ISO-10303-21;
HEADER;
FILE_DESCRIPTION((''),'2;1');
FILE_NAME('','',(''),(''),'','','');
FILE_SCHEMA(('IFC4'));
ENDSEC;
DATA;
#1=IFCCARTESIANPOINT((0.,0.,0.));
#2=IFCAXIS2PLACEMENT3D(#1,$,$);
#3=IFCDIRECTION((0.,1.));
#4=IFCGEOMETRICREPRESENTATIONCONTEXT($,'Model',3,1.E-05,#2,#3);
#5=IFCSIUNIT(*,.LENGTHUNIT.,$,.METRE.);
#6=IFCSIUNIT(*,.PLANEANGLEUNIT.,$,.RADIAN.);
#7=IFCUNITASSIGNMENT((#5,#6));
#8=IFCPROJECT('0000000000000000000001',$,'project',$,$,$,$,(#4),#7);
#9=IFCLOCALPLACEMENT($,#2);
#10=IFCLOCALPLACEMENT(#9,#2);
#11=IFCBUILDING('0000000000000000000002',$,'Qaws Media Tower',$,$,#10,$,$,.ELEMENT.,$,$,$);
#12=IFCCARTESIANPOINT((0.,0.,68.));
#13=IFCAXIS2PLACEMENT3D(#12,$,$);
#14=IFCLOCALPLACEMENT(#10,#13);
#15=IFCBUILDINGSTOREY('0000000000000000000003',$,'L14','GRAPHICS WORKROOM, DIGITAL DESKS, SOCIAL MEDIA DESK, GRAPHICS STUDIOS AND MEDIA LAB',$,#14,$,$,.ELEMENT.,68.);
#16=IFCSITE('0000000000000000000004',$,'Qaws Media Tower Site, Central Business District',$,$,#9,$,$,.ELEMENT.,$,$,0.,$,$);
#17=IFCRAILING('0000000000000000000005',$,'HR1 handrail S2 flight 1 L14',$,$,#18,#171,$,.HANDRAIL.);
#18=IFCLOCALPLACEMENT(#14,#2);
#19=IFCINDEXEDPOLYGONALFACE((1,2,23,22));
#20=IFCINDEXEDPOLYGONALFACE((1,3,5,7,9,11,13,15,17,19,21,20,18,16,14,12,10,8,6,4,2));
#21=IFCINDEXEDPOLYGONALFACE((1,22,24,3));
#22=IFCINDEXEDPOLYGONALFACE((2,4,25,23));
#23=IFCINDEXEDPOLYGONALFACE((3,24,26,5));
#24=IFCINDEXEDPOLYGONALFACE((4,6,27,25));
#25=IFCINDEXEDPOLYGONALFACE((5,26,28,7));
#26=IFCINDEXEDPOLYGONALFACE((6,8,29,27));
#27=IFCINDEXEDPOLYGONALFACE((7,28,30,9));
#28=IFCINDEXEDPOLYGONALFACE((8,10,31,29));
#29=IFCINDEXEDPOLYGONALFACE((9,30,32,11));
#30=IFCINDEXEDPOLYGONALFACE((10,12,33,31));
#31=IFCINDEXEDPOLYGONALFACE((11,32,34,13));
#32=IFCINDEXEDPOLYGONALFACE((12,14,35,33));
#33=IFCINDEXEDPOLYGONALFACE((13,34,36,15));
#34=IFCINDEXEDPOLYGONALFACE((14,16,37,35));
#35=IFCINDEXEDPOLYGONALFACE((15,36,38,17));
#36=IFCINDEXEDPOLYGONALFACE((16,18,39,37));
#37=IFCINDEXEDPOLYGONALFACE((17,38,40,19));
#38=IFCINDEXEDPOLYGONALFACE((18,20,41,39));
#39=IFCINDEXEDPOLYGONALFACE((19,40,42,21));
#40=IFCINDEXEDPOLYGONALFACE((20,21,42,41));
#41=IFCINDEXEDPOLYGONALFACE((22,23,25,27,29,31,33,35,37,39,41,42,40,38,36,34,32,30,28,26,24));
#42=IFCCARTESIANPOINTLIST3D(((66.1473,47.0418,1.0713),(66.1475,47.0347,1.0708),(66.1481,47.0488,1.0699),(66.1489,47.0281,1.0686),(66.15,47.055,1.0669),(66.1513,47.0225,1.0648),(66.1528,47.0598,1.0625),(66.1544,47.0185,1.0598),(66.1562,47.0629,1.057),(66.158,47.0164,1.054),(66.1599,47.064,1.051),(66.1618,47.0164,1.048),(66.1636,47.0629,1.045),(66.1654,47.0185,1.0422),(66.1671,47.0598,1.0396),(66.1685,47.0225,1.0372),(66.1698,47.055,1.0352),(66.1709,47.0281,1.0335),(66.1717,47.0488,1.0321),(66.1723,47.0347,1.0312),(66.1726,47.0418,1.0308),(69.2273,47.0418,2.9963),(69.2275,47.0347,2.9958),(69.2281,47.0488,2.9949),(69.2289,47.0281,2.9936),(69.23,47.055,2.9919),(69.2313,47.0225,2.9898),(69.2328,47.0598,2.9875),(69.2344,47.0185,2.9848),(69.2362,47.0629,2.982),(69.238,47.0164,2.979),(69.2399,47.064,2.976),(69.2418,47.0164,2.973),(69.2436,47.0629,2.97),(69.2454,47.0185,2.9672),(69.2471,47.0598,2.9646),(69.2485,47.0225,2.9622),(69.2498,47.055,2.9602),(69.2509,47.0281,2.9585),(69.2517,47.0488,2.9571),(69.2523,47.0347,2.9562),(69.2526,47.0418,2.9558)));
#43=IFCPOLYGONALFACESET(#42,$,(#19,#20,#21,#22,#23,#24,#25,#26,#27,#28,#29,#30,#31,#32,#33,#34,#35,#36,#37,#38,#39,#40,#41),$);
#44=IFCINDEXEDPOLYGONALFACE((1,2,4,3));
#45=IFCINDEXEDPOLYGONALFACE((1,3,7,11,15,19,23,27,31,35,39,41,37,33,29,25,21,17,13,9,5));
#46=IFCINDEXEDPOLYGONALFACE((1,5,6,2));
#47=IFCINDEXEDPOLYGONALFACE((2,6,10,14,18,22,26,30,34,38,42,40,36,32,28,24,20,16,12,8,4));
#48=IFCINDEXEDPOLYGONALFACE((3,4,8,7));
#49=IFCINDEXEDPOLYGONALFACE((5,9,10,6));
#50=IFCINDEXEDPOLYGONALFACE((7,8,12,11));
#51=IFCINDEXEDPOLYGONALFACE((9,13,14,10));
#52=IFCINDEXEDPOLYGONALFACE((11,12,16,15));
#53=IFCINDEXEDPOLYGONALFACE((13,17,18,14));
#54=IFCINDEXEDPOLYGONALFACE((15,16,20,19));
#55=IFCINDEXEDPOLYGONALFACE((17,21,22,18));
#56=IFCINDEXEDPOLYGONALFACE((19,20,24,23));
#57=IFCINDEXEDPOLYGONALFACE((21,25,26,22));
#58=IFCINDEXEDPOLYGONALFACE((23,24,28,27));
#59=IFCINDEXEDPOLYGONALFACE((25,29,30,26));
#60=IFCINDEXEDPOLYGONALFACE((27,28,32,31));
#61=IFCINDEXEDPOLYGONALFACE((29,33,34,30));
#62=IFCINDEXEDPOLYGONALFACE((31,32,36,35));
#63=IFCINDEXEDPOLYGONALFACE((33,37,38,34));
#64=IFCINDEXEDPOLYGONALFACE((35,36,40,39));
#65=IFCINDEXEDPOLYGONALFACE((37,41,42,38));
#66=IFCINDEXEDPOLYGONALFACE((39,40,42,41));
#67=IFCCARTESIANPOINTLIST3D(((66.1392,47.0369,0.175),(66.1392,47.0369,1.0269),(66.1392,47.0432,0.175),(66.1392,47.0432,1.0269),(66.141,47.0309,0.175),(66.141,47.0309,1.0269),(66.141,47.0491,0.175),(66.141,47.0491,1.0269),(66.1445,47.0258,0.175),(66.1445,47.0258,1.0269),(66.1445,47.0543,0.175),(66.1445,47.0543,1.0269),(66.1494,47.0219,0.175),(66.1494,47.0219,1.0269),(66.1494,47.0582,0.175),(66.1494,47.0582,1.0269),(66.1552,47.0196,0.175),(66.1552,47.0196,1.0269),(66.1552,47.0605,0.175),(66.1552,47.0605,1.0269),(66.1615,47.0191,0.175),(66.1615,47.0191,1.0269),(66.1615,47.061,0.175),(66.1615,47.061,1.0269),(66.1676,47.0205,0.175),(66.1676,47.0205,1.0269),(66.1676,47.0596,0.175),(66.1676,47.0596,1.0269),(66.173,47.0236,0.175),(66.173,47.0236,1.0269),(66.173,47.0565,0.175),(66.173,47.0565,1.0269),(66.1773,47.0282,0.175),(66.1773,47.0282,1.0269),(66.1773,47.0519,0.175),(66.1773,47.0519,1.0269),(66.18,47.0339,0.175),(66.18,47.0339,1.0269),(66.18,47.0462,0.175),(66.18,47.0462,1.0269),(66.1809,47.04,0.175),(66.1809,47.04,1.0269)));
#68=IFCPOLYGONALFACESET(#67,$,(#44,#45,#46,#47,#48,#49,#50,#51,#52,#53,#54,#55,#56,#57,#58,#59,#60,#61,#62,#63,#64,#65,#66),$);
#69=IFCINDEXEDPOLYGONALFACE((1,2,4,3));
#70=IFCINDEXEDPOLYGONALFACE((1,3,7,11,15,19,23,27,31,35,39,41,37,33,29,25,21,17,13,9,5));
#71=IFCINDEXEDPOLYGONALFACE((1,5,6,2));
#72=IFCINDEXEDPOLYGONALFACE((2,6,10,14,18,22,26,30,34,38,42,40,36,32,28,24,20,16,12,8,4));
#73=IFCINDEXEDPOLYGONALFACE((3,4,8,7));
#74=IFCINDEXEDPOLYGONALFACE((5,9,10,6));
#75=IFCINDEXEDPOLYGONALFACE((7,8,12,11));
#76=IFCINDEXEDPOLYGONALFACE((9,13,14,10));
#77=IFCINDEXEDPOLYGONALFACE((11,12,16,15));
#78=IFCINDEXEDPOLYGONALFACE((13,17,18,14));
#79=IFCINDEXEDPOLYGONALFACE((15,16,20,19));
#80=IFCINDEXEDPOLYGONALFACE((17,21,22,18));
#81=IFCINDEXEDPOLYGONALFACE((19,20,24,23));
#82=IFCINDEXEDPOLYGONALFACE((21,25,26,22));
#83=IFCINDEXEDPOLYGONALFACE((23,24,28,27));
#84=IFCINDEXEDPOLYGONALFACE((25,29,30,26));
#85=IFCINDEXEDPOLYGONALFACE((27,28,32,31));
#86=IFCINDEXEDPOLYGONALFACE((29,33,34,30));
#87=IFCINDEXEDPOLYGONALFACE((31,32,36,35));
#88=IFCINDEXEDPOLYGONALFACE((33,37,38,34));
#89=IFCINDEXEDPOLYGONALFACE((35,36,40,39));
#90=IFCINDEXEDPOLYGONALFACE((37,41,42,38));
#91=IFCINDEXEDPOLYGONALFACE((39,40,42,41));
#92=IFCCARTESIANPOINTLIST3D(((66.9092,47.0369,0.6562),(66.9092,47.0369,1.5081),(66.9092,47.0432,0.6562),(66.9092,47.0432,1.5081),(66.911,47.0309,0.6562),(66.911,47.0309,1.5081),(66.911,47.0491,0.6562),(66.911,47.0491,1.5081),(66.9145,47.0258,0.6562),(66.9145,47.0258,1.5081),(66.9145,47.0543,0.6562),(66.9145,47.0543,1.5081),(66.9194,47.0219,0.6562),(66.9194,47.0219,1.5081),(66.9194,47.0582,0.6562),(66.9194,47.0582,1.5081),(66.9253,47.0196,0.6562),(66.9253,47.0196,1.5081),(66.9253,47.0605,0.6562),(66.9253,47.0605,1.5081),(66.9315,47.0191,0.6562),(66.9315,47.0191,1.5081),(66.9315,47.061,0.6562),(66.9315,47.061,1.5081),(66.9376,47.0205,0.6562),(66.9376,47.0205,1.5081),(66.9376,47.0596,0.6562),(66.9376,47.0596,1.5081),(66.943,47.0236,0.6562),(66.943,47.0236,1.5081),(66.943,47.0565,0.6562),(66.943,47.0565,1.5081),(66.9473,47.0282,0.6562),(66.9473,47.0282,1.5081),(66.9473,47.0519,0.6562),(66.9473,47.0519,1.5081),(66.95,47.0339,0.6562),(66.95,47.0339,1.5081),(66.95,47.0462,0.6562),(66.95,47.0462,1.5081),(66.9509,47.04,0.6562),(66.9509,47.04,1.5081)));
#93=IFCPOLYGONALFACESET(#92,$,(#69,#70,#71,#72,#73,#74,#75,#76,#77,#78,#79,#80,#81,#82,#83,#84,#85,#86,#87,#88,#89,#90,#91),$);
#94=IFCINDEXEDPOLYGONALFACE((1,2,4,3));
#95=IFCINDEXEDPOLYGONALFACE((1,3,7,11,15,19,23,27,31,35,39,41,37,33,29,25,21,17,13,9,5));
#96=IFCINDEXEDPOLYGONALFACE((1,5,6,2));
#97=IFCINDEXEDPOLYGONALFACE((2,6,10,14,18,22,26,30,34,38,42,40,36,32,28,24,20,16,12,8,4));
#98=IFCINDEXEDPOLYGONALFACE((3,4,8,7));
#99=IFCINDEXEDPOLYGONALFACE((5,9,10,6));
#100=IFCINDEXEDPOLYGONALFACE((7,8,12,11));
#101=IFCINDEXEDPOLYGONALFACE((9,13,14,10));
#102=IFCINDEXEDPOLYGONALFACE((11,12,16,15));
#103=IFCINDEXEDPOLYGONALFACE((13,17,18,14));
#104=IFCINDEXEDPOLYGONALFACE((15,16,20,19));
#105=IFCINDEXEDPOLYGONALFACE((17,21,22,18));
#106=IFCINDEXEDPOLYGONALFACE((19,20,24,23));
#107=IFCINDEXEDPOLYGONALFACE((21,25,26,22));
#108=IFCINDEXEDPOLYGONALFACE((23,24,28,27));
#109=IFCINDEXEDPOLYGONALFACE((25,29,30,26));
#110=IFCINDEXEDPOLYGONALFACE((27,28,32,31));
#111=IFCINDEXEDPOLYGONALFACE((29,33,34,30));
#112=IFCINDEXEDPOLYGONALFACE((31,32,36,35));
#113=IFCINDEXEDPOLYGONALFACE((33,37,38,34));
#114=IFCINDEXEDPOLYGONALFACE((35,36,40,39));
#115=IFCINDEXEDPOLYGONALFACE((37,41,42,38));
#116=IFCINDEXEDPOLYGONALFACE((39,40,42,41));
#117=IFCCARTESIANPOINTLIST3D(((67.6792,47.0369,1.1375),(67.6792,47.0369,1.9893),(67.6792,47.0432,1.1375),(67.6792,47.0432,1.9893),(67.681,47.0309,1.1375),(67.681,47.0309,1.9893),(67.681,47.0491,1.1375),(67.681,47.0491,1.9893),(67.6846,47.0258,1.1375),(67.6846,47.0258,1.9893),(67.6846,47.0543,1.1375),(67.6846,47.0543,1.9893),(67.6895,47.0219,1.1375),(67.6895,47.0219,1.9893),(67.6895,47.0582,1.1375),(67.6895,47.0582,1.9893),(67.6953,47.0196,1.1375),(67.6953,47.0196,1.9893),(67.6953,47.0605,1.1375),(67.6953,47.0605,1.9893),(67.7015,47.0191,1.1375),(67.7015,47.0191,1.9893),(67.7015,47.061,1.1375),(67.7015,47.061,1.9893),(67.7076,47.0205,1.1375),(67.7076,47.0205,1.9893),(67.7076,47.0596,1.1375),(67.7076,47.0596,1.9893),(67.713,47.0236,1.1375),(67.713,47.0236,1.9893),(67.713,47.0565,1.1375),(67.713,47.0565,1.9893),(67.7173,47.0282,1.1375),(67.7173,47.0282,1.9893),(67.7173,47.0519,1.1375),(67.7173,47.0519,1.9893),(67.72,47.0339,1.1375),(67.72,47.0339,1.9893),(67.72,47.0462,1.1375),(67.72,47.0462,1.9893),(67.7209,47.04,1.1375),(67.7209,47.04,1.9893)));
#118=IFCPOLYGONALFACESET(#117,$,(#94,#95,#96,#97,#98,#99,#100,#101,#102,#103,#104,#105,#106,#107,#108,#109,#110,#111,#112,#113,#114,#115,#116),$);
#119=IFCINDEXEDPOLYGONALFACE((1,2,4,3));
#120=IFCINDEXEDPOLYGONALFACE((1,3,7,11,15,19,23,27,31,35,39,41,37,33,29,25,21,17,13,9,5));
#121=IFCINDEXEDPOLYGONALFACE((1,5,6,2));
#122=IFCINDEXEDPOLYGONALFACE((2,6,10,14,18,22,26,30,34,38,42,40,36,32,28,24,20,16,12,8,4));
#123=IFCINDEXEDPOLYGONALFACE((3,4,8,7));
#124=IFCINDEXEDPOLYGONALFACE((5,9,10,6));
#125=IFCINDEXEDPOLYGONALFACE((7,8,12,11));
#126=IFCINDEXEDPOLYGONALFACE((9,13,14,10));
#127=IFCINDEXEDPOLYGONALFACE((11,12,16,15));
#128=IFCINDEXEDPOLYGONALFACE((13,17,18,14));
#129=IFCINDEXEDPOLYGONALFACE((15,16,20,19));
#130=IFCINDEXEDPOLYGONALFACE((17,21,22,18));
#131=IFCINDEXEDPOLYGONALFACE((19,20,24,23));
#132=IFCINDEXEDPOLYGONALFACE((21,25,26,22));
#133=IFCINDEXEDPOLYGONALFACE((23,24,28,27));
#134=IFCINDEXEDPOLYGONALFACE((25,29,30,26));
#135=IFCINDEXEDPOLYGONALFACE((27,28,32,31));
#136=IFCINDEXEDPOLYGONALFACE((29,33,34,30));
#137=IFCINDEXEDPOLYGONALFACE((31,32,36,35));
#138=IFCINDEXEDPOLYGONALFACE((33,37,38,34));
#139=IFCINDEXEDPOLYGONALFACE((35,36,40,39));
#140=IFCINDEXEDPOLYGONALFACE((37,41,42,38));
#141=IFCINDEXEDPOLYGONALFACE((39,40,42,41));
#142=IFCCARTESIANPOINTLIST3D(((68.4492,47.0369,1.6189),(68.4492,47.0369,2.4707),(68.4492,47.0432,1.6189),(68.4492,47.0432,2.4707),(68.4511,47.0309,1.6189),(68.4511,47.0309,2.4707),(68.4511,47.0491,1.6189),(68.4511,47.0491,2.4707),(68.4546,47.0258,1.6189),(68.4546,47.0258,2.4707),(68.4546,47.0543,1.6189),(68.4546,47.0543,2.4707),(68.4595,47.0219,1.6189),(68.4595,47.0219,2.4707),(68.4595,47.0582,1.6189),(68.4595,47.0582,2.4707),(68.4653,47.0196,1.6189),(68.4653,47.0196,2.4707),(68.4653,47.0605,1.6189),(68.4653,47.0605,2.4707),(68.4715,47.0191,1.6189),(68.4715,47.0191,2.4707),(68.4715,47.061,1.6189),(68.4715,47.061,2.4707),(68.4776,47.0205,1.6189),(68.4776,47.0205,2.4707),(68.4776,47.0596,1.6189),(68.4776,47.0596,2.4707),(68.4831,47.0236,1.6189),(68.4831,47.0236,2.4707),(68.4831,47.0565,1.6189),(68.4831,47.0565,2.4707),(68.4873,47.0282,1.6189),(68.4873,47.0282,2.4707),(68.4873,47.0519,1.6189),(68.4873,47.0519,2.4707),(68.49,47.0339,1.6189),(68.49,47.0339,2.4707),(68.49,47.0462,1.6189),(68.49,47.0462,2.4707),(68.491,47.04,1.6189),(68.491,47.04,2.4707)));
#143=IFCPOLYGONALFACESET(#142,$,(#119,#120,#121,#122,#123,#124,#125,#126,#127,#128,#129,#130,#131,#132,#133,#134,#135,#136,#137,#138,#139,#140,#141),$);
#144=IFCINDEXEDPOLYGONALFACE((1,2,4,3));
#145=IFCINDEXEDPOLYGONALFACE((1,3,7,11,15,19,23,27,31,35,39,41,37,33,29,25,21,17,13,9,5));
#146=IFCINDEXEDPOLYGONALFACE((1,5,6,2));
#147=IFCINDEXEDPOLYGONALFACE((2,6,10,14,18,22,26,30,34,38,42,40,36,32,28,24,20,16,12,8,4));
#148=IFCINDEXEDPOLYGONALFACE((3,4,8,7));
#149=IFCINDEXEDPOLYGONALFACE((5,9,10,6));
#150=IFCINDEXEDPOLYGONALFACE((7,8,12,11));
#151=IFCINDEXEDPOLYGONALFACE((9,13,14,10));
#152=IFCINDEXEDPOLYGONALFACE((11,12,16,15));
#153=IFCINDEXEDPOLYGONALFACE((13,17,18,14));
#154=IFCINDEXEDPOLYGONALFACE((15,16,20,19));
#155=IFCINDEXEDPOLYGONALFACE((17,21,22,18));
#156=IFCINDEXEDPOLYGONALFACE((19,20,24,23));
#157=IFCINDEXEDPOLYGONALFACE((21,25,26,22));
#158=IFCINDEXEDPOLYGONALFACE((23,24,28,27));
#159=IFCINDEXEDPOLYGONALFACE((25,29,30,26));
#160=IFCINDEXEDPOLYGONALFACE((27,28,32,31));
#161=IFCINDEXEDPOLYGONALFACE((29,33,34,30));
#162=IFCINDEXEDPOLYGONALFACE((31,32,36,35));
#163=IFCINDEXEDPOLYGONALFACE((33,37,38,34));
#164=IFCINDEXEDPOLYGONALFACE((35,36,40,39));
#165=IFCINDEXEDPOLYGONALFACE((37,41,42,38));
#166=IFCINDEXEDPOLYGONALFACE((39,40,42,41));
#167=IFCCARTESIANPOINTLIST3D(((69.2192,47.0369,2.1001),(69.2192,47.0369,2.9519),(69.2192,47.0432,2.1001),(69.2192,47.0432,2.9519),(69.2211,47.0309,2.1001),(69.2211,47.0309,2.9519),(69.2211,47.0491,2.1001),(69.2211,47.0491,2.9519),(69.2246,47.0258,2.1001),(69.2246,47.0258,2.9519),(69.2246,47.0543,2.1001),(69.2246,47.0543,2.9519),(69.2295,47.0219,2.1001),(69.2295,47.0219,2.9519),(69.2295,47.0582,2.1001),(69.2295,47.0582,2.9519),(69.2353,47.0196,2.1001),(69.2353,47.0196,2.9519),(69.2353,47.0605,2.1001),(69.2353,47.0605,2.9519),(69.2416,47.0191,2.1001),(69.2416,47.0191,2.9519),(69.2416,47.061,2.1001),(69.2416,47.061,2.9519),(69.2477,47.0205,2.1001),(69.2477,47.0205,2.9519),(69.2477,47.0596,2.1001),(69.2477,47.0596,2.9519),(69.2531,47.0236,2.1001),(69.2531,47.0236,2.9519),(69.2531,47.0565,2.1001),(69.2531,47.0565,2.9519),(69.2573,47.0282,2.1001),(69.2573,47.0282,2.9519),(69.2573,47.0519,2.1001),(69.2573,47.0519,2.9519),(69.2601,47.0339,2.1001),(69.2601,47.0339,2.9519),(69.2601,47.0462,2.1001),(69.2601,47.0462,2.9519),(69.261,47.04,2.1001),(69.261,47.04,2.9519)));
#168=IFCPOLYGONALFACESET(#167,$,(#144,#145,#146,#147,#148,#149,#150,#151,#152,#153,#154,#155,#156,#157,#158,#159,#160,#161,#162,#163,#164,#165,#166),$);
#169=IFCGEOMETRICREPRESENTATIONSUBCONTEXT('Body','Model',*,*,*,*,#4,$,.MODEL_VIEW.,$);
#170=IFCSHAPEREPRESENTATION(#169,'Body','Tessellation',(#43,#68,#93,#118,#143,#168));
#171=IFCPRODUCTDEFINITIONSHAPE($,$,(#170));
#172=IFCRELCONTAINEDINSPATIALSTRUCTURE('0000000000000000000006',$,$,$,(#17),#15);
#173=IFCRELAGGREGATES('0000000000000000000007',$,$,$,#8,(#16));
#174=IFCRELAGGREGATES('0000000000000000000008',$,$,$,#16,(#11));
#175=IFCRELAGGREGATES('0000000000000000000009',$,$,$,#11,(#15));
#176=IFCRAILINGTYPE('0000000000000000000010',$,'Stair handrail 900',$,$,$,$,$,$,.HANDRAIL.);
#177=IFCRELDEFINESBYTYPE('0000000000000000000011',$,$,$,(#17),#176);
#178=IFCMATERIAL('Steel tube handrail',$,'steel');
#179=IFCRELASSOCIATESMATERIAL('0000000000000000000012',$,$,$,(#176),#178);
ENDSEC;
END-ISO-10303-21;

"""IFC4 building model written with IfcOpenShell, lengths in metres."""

from ifc_helpers import new_model, si_unit, direction, frame, origin, origin_2d, place, context, subcontext, project, spatial, circle, extrude, material, type_object, element, save


model = new_model("IFC4")

# Units and contexts
model_context = context("Model", 3, precision=1e-05, world=origin(), true_north=direction((0.0, 1.0)))
body_context = subcontext(model_context, "Body", "Model", "MODEL_VIEW")
ifc_project = project(units=[si_unit("LENGTHUNIT", "METRE"), si_unit("PLANEANGLEUNIT", "RADIAN")], contexts=[model_context])

# Site, building, storey
site_placement = place(None, origin())
site = spatial("IfcSite", under=ifc_project, at=site_placement, Name="Qaws Media Tower Site, Central Business District", CompositionType="ELEMENT", RefElevation=0.0)
building_placement = place(site_placement, origin())
building = spatial("IfcBuilding", under=site, at=building_placement, Name="Qaws Media Tower", CompositionType="ELEMENT")
storey_placement = place(building_placement, frame((0.0, 0.0, 68.0)))
storey = spatial("IfcBuildingStorey", under=building, at=storey_placement, Name="L14", Description="GRAPHICS WORKROOM, DIGITAL DESKS, SOCIAL MEDIA DESK, GRAPHICS STUDIOS AND MEDIA LAB", CompositionType="ELEMENT", Elevation=68.0)

# Railing
ifc_material_1 = material(Name="Steel tube handrail", Category="steel")
railing_type = type_object("IfcRailingType", Name="Stair handrail 900", PredefinedType="HANDRAIL", material=ifc_material_1)
for number, where, name in (
    (1, (66.1599, 47.04, 0.175), "HR1 handrail S2 flight 1 L14"),
):
    element("IfcRailing", number, at=place(storey_placement, frame(where)), inside=storey, type_object=railing_type, Name=name, PredefinedType="HANDRAIL", context=body_context, shape_type="SweptSolid", body=[
        extrude(circle(Radius=0.0239, at=origin_2d()), frame((0.0, 0.0, 0.876), z_axis=(0.847998, 0.0, 0.529999), x_axis=(0.0, 1.0, 0.0)), (0.0, 0.0, 1.0), 3.6321),
        extrude(circle(Radius=0.021, at=origin_2d()), origin(), (0.0, 0.0, 1.0), 0.8518),
        extrude(circle(Radius=0.021, at=origin_2d()), frame((0.77, 0.0, 0.4812)), (0.0, 0.0, 1.0), 0.8518),
        extrude(circle(Radius=0.021, at=origin_2d()), frame((1.54, 0.0, 0.9624)), (0.0, 0.0, 1.0), 0.8518),
        extrude(circle(Radius=0.021, at=origin_2d()), frame((2.3101, 0.0, 1.4438)), (0.0, 0.0, 1.0), 0.8518),
        extrude(circle(Radius=0.021, at=origin_2d()), frame((3.0801, 0.0, 1.925)), (0.0, 0.0, 1.0), 0.8518),
    ])

save(model, "model.ifc")
